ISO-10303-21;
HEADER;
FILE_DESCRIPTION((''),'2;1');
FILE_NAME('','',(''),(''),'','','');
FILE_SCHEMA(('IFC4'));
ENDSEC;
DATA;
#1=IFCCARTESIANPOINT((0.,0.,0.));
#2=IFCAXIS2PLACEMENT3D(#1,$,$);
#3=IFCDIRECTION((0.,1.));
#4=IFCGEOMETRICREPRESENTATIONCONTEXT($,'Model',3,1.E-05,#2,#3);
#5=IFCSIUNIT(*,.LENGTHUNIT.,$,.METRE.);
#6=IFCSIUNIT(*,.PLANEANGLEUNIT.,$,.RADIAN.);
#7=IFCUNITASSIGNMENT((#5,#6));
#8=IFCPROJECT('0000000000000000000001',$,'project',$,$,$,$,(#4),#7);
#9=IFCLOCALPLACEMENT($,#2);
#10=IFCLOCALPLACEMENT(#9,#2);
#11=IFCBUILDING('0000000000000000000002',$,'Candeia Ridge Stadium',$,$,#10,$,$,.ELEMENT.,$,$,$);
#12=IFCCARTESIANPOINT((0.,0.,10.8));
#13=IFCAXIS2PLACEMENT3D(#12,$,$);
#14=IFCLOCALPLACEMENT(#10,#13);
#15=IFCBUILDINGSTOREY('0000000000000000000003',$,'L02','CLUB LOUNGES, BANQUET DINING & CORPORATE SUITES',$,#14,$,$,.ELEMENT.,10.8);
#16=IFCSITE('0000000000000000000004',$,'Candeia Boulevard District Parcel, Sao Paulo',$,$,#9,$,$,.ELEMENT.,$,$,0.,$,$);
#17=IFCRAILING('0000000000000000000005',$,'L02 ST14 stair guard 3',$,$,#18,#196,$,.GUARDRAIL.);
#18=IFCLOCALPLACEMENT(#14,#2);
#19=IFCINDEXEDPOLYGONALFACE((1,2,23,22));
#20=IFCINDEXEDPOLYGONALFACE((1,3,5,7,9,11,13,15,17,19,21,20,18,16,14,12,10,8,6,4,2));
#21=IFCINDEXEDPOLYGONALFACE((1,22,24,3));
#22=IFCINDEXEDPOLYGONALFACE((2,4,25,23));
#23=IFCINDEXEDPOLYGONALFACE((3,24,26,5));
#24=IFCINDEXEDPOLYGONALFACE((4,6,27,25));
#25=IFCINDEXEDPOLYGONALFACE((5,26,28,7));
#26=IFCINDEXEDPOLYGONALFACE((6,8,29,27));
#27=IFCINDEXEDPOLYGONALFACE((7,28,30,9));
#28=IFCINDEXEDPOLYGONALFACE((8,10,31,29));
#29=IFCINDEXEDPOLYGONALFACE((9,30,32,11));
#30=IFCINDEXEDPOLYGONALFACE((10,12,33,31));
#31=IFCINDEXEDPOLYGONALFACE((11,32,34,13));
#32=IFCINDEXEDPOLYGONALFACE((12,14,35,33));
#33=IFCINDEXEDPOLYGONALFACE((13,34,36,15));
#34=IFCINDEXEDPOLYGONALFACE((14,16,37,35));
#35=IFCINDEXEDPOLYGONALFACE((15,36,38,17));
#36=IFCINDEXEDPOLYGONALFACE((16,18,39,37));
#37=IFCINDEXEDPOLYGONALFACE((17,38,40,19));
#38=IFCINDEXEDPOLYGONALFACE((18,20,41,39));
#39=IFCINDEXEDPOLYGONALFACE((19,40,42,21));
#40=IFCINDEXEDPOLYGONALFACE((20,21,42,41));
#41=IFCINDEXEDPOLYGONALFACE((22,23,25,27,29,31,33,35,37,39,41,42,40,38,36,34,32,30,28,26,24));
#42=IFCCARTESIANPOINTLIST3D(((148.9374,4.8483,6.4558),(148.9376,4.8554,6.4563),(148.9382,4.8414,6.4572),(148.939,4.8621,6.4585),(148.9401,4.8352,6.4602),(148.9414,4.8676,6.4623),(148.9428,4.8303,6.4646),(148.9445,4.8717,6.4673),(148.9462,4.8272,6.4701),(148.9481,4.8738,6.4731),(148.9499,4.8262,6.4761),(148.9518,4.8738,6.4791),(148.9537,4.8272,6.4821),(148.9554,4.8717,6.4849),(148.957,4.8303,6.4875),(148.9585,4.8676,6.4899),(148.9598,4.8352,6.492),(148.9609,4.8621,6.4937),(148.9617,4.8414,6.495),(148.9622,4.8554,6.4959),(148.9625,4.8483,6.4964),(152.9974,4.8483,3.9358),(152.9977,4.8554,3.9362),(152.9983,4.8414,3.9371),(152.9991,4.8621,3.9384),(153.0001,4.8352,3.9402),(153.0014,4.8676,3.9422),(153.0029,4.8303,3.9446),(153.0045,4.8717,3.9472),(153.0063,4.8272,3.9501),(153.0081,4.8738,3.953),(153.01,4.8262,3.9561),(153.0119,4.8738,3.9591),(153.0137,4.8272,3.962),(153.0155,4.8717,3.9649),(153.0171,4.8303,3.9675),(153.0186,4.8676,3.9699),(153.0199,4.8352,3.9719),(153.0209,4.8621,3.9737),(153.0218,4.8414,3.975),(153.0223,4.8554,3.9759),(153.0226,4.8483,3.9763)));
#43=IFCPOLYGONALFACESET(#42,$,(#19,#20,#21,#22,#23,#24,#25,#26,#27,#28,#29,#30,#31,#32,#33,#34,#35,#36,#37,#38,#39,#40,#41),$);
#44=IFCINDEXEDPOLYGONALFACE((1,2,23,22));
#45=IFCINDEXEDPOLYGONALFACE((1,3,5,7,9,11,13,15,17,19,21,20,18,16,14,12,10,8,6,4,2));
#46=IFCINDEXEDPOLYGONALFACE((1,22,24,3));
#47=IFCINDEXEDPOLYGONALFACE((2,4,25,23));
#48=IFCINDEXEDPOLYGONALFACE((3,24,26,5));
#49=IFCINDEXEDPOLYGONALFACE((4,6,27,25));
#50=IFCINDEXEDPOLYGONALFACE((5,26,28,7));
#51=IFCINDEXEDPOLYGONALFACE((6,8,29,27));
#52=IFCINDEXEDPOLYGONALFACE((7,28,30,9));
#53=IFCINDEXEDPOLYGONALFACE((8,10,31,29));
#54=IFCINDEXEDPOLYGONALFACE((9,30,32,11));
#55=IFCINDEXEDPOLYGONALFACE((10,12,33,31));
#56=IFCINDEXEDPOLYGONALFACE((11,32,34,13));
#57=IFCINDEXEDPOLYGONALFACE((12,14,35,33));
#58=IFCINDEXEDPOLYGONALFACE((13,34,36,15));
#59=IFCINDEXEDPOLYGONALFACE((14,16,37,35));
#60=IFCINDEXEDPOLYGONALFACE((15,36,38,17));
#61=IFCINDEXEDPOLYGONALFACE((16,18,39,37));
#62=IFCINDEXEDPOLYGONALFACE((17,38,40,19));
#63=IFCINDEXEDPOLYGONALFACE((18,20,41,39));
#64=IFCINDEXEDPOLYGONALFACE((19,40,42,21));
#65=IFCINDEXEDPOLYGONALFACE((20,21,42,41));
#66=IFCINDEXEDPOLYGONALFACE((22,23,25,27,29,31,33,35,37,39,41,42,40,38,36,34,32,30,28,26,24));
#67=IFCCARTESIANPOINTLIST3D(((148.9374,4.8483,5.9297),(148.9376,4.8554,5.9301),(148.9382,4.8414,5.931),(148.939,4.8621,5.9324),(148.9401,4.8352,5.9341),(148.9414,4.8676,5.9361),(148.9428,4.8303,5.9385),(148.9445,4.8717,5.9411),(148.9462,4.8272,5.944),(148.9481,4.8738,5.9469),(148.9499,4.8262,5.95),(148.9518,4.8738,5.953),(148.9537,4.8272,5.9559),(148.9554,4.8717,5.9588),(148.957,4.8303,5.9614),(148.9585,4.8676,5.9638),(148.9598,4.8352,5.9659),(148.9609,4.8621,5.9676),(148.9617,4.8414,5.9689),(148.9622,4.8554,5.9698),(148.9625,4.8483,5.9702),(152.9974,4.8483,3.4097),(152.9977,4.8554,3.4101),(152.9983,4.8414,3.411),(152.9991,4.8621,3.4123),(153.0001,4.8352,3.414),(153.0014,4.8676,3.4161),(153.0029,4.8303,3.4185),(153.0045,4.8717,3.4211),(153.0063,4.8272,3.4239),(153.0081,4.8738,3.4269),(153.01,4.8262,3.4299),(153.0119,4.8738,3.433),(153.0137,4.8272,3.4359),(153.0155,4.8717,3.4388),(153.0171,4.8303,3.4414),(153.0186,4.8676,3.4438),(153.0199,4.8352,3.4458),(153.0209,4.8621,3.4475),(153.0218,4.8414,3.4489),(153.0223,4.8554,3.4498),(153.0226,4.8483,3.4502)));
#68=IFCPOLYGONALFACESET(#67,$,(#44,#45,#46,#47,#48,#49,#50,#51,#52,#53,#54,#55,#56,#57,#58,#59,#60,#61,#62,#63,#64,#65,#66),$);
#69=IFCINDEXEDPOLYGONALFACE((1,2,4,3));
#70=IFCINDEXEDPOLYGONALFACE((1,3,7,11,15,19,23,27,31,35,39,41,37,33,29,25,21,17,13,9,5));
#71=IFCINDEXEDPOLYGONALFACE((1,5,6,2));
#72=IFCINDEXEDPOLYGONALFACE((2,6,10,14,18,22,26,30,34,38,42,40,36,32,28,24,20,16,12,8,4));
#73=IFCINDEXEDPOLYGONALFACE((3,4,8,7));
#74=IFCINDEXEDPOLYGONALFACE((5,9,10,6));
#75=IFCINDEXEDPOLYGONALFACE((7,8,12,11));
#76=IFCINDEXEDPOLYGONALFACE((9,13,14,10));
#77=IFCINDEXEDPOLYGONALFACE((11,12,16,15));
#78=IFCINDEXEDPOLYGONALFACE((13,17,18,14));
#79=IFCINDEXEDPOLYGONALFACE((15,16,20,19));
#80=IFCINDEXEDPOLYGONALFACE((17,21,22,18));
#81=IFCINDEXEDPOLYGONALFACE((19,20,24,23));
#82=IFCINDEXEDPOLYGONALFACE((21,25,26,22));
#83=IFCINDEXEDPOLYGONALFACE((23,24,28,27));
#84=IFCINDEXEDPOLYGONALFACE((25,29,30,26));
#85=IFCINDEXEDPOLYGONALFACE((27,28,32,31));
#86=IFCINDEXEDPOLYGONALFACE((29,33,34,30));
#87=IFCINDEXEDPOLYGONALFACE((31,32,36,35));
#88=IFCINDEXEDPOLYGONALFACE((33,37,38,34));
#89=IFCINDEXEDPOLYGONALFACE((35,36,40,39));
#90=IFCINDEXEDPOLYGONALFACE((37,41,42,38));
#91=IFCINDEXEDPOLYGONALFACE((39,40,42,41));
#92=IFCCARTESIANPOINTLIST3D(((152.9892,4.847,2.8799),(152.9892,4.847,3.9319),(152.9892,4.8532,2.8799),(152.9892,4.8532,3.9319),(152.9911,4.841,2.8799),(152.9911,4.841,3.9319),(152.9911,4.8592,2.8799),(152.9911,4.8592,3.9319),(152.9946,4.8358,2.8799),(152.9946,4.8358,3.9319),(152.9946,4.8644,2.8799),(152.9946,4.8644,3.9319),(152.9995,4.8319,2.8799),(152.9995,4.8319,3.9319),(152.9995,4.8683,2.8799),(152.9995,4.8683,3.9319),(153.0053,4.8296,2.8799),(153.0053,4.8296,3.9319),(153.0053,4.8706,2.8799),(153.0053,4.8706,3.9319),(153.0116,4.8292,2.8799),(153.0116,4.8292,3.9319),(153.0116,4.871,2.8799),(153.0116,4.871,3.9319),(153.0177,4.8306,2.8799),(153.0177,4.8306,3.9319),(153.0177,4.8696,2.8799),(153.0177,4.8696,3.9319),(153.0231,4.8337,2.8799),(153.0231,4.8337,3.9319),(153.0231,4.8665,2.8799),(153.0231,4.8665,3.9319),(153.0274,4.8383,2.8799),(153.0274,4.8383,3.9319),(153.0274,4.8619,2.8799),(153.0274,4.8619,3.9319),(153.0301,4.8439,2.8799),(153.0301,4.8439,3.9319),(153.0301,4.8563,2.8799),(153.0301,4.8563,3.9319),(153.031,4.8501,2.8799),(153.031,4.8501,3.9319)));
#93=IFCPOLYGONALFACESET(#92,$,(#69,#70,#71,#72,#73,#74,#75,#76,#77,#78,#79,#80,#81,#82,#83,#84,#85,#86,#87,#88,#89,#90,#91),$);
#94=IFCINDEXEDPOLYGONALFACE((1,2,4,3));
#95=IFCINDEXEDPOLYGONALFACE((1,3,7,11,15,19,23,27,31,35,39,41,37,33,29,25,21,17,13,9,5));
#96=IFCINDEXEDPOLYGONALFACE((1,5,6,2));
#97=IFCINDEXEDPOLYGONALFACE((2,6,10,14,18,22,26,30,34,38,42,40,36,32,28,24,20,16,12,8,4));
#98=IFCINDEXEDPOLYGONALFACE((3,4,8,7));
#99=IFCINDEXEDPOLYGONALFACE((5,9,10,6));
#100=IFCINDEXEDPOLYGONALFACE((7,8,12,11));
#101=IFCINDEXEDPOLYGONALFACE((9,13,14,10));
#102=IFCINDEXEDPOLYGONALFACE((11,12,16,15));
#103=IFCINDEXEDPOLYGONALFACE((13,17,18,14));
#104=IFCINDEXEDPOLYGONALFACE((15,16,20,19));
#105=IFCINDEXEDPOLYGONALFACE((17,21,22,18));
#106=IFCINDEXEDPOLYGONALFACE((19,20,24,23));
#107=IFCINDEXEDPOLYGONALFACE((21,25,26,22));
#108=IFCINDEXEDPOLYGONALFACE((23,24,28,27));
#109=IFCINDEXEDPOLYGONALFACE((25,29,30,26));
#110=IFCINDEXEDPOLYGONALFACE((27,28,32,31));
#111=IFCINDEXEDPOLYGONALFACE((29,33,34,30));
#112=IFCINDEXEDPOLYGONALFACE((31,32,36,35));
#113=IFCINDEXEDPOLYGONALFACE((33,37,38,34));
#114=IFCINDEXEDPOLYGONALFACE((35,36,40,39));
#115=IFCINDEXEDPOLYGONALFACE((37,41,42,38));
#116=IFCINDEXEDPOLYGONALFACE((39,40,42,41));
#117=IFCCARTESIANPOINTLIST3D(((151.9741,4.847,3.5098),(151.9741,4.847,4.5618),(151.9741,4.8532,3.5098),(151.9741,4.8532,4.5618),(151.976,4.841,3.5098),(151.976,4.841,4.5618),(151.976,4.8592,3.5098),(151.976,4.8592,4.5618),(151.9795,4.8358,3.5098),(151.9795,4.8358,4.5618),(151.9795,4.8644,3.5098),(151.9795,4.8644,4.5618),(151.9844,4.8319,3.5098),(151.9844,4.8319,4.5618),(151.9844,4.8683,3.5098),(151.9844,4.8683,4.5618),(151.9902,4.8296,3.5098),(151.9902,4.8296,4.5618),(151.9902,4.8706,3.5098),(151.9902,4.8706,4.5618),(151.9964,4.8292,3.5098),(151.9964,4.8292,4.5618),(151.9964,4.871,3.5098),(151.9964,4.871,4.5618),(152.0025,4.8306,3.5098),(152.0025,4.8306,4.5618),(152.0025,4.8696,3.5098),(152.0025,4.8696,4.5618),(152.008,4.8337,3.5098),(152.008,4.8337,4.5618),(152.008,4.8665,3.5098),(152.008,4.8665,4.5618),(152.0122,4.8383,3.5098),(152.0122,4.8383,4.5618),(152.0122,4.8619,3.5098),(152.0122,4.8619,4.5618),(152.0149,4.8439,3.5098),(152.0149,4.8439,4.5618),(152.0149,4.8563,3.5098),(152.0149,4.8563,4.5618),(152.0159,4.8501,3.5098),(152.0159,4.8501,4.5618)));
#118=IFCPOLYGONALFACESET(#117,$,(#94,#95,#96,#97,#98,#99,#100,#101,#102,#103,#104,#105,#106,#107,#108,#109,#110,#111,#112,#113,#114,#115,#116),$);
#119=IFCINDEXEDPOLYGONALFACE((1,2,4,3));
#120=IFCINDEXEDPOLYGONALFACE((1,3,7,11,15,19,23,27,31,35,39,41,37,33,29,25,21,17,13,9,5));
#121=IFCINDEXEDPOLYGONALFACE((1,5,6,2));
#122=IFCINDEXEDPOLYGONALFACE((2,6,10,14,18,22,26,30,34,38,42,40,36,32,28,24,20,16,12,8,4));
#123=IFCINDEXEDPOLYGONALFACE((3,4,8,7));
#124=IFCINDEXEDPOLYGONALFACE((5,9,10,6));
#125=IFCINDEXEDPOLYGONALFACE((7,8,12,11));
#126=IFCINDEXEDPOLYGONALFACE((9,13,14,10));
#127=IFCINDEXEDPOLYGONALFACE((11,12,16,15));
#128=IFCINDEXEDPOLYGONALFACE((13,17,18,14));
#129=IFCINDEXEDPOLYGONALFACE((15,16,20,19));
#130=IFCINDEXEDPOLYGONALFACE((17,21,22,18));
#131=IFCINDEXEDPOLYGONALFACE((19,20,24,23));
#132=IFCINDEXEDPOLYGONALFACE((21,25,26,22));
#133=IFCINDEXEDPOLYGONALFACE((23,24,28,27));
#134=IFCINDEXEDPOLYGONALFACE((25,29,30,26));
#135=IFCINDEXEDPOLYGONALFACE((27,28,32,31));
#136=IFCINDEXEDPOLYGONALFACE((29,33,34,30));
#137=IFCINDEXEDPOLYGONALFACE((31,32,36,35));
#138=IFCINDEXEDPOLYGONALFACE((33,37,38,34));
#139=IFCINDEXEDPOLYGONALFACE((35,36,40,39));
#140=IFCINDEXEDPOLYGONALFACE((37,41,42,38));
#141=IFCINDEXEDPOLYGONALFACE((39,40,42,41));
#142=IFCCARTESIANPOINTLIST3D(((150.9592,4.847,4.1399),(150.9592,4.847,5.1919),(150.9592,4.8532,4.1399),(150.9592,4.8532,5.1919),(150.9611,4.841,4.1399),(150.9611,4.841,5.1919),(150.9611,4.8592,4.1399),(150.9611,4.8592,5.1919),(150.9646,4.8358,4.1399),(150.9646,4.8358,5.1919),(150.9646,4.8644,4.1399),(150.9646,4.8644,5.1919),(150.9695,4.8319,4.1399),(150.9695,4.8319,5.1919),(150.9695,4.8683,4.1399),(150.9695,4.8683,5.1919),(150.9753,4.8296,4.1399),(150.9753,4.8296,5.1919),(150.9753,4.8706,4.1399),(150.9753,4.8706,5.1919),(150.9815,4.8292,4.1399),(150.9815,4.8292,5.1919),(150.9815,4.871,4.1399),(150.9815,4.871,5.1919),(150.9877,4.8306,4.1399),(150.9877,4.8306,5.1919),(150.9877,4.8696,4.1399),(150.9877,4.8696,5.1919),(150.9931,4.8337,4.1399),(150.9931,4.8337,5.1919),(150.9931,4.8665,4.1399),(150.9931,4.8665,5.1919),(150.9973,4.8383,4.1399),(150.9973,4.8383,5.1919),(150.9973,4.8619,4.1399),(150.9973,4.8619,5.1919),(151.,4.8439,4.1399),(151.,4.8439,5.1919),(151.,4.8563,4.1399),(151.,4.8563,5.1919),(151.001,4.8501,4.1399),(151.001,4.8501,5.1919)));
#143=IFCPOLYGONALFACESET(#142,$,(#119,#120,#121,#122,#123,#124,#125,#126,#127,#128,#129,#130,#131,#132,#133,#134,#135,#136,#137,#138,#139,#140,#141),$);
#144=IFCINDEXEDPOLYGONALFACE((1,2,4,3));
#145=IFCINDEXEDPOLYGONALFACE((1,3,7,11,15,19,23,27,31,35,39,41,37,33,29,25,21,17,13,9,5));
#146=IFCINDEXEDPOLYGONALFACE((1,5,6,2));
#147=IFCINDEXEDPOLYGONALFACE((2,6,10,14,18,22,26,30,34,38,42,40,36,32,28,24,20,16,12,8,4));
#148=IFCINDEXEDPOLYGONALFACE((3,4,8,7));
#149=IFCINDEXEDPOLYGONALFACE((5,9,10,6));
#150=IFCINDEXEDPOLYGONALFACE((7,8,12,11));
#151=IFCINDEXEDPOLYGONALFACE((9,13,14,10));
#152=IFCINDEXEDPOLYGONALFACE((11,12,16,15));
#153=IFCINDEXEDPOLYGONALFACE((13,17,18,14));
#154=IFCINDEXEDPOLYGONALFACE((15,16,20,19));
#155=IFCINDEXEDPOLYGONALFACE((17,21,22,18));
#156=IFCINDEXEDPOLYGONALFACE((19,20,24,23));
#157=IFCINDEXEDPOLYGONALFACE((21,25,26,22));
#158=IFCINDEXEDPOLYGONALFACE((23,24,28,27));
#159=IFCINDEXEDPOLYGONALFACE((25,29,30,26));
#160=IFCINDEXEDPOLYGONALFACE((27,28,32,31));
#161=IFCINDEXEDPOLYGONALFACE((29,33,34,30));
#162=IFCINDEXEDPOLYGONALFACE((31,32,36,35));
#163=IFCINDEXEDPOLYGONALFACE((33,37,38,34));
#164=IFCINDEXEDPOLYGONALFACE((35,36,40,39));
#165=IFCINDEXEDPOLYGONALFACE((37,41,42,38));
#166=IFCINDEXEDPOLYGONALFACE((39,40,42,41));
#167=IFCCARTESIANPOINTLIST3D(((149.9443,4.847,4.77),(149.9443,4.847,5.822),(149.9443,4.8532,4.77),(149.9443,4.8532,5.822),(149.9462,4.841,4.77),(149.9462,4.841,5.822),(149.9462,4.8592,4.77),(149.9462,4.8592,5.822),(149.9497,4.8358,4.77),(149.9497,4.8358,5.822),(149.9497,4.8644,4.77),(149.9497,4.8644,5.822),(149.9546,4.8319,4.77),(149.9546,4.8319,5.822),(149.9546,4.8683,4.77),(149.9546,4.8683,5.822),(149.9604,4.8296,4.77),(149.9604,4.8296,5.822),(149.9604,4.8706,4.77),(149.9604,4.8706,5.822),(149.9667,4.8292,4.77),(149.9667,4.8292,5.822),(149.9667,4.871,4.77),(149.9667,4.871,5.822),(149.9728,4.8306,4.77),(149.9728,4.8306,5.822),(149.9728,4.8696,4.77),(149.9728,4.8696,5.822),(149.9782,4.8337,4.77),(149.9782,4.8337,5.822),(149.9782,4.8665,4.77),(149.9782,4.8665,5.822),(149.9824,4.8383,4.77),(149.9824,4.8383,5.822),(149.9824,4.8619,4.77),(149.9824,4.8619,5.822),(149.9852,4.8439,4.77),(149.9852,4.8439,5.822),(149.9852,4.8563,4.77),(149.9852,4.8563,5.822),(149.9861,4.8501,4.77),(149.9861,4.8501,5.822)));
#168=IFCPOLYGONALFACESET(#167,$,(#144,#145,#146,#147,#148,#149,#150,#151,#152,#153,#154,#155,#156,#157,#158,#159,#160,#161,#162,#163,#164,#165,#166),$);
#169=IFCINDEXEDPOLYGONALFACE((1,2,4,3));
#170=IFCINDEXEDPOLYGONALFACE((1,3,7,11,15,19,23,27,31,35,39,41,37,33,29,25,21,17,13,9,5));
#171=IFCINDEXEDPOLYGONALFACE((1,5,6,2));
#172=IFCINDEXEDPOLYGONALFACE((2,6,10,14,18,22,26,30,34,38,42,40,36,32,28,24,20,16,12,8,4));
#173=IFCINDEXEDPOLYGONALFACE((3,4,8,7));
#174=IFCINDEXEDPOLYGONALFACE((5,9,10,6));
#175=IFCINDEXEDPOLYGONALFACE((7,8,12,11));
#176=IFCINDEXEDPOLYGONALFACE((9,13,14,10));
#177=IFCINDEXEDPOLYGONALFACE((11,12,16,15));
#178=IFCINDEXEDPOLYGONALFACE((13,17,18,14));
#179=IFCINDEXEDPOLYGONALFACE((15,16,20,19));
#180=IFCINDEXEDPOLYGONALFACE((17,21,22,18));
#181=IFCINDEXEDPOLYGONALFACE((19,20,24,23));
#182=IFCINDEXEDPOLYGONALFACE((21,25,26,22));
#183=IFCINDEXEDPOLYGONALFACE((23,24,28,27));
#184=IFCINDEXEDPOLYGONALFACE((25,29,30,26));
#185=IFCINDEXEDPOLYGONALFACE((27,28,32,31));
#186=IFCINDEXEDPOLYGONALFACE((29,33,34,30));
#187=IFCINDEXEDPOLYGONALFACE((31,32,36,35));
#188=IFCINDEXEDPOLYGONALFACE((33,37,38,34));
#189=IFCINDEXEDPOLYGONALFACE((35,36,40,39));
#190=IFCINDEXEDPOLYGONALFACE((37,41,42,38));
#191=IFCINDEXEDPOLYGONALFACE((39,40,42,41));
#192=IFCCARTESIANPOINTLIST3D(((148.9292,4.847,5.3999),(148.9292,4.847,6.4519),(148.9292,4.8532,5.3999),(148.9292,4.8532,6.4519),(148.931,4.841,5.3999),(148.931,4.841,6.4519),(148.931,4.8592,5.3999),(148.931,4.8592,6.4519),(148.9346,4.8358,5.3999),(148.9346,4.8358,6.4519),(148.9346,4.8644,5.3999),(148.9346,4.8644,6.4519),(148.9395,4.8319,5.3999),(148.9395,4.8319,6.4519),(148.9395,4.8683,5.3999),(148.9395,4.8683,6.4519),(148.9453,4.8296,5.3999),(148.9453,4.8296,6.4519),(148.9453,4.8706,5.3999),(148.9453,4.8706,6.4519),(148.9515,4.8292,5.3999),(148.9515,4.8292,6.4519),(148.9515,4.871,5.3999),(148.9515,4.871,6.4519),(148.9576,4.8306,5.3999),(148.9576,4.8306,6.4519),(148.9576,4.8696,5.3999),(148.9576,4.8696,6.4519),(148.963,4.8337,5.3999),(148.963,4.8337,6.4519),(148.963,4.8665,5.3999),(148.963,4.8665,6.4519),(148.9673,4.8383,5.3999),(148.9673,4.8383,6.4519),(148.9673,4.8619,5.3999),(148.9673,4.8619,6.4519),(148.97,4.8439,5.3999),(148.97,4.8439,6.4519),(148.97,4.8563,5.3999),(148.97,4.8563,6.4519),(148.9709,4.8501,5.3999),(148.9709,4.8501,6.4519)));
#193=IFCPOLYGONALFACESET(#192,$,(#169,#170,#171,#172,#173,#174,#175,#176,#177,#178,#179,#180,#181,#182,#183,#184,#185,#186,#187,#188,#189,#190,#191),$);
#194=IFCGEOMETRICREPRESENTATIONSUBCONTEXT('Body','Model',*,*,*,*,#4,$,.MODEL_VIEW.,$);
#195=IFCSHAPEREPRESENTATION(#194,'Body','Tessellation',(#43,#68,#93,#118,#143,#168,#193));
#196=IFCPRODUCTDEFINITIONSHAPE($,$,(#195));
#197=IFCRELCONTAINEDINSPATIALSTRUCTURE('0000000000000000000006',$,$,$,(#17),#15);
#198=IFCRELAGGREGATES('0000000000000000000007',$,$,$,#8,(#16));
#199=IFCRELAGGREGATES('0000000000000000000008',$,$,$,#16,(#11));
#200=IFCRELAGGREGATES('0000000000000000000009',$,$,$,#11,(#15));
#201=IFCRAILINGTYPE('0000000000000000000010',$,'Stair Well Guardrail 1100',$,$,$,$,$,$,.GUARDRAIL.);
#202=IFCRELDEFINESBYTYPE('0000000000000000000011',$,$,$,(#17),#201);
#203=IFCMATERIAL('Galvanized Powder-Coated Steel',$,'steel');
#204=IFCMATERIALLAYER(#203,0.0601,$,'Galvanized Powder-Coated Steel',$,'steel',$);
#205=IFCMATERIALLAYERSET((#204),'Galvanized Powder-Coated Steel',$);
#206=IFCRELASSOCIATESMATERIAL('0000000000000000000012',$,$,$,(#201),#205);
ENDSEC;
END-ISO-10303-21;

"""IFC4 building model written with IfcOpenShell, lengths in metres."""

from ifc_helpers import new_model, si_unit, direction, frame, origin, origin_2d, place, context, subcontext, project, spatial, circle, extrude, material, layer, layer_set, type_object, element, save


model = new_model("IFC4")

# Units and contexts
model_context = context("Model", 3, precision=1e-05, world=origin(), true_north=direction((0.0, 1.0)))
body_context = subcontext(model_context, "Body", "Model", "MODEL_VIEW")
ifc_project = project(units=[si_unit("LENGTHUNIT", "METRE"), si_unit("PLANEANGLEUNIT", "RADIAN")], contexts=[model_context])

# Site, building, storey
site_placement = place(None, origin())
site = spatial("IfcSite", under=ifc_project, at=site_placement, Name="Candeia Boulevard District Parcel, Sao Paulo", CompositionType="ELEMENT", RefElevation=0.0)
building_placement = place(site_placement, origin())
building = spatial("IfcBuilding", under=site, at=building_placement, Name="Candeia Ridge Stadium", CompositionType="ELEMENT")
storey_placement = place(building_placement, frame((0.0, 0.0, 10.8)))
storey = spatial("IfcBuildingStorey", under=building, at=storey_placement, Name="L02", Description="CLUB LOUNGES, BANQUET DINING & CORPORATE SUITES", CompositionType="ELEMENT", Elevation=10.8)

# Railing
ifc_material_1 = material(Name="Galvanized Powder-Coated Steel", Category="steel")
ifc_layer_1 = layer(ifc_material_1, 0.0601, Name="Galvanized Powder-Coated Steel", Category="steel")
ifc_layer_set_1 = layer_set([ifc_layer_1], Name="Galvanized Powder-Coated Steel")
railing_type_1 = type_object("IfcRailingType", Name="Stair Well Guardrail 1100", PredefinedType="GUARDRAIL", material=ifc_layer_set_1)
railing_1_placement = place(storey_placement, frame((153.01, 4.8501, 2.8799)))
element("IfcRailing", 1, at=railing_1_placement, inside=storey, type_object=railing_type_1, Name="L02 ST14 stair guard 3", PredefinedType="GUARDRAIL", context=body_context, shape_type="SweptSolid", body=[
    extrude(circle(Radius=0.0239, at=origin_2d()), frame((0.0, 0.0, 1.0762), z_axis=(-0.849642, 0.0, 0.52736), x_axis=(0.0, -1.0, 0.0)), (0.0, 0.0, 1.0), 4.7786),
    extrude(circle(Radius=0.0239, at=origin_2d()), frame((0.0, 0.0, 0.55), z_axis=(-0.849642, 0.0, 0.52736), x_axis=(0.0, -1.0, 0.0)), (0.0, 0.0, 1.0), 4.7786),
    extrude(circle(Radius=0.021, at=origin_2d()), origin(), (0.0, 0.0, 1.0), 1.052),
    extrude(circle(Radius=0.021, at=origin_2d()), frame((-1.0151, 0.0, 0.6299)), (0.0, 0.0, 1.0), 1.052),
    extrude(circle(Radius=0.021, at=origin_2d()), frame((-2.03, 0.0, 1.26)), (0.0, 0.0, 1.0), 1.052),
    extrude(circle(Radius=0.021, at=origin_2d()), frame((-3.0449, 0.0, 1.8901)), (0.0, 0.0, 1.0), 1.052),
    extrude(circle(Radius=0.021, at=origin_2d()), frame((-4.0601, 0.0, 2.52)), (0.0, 0.0, 1.0), 1.052),
])

save(model, "model.ifc")
